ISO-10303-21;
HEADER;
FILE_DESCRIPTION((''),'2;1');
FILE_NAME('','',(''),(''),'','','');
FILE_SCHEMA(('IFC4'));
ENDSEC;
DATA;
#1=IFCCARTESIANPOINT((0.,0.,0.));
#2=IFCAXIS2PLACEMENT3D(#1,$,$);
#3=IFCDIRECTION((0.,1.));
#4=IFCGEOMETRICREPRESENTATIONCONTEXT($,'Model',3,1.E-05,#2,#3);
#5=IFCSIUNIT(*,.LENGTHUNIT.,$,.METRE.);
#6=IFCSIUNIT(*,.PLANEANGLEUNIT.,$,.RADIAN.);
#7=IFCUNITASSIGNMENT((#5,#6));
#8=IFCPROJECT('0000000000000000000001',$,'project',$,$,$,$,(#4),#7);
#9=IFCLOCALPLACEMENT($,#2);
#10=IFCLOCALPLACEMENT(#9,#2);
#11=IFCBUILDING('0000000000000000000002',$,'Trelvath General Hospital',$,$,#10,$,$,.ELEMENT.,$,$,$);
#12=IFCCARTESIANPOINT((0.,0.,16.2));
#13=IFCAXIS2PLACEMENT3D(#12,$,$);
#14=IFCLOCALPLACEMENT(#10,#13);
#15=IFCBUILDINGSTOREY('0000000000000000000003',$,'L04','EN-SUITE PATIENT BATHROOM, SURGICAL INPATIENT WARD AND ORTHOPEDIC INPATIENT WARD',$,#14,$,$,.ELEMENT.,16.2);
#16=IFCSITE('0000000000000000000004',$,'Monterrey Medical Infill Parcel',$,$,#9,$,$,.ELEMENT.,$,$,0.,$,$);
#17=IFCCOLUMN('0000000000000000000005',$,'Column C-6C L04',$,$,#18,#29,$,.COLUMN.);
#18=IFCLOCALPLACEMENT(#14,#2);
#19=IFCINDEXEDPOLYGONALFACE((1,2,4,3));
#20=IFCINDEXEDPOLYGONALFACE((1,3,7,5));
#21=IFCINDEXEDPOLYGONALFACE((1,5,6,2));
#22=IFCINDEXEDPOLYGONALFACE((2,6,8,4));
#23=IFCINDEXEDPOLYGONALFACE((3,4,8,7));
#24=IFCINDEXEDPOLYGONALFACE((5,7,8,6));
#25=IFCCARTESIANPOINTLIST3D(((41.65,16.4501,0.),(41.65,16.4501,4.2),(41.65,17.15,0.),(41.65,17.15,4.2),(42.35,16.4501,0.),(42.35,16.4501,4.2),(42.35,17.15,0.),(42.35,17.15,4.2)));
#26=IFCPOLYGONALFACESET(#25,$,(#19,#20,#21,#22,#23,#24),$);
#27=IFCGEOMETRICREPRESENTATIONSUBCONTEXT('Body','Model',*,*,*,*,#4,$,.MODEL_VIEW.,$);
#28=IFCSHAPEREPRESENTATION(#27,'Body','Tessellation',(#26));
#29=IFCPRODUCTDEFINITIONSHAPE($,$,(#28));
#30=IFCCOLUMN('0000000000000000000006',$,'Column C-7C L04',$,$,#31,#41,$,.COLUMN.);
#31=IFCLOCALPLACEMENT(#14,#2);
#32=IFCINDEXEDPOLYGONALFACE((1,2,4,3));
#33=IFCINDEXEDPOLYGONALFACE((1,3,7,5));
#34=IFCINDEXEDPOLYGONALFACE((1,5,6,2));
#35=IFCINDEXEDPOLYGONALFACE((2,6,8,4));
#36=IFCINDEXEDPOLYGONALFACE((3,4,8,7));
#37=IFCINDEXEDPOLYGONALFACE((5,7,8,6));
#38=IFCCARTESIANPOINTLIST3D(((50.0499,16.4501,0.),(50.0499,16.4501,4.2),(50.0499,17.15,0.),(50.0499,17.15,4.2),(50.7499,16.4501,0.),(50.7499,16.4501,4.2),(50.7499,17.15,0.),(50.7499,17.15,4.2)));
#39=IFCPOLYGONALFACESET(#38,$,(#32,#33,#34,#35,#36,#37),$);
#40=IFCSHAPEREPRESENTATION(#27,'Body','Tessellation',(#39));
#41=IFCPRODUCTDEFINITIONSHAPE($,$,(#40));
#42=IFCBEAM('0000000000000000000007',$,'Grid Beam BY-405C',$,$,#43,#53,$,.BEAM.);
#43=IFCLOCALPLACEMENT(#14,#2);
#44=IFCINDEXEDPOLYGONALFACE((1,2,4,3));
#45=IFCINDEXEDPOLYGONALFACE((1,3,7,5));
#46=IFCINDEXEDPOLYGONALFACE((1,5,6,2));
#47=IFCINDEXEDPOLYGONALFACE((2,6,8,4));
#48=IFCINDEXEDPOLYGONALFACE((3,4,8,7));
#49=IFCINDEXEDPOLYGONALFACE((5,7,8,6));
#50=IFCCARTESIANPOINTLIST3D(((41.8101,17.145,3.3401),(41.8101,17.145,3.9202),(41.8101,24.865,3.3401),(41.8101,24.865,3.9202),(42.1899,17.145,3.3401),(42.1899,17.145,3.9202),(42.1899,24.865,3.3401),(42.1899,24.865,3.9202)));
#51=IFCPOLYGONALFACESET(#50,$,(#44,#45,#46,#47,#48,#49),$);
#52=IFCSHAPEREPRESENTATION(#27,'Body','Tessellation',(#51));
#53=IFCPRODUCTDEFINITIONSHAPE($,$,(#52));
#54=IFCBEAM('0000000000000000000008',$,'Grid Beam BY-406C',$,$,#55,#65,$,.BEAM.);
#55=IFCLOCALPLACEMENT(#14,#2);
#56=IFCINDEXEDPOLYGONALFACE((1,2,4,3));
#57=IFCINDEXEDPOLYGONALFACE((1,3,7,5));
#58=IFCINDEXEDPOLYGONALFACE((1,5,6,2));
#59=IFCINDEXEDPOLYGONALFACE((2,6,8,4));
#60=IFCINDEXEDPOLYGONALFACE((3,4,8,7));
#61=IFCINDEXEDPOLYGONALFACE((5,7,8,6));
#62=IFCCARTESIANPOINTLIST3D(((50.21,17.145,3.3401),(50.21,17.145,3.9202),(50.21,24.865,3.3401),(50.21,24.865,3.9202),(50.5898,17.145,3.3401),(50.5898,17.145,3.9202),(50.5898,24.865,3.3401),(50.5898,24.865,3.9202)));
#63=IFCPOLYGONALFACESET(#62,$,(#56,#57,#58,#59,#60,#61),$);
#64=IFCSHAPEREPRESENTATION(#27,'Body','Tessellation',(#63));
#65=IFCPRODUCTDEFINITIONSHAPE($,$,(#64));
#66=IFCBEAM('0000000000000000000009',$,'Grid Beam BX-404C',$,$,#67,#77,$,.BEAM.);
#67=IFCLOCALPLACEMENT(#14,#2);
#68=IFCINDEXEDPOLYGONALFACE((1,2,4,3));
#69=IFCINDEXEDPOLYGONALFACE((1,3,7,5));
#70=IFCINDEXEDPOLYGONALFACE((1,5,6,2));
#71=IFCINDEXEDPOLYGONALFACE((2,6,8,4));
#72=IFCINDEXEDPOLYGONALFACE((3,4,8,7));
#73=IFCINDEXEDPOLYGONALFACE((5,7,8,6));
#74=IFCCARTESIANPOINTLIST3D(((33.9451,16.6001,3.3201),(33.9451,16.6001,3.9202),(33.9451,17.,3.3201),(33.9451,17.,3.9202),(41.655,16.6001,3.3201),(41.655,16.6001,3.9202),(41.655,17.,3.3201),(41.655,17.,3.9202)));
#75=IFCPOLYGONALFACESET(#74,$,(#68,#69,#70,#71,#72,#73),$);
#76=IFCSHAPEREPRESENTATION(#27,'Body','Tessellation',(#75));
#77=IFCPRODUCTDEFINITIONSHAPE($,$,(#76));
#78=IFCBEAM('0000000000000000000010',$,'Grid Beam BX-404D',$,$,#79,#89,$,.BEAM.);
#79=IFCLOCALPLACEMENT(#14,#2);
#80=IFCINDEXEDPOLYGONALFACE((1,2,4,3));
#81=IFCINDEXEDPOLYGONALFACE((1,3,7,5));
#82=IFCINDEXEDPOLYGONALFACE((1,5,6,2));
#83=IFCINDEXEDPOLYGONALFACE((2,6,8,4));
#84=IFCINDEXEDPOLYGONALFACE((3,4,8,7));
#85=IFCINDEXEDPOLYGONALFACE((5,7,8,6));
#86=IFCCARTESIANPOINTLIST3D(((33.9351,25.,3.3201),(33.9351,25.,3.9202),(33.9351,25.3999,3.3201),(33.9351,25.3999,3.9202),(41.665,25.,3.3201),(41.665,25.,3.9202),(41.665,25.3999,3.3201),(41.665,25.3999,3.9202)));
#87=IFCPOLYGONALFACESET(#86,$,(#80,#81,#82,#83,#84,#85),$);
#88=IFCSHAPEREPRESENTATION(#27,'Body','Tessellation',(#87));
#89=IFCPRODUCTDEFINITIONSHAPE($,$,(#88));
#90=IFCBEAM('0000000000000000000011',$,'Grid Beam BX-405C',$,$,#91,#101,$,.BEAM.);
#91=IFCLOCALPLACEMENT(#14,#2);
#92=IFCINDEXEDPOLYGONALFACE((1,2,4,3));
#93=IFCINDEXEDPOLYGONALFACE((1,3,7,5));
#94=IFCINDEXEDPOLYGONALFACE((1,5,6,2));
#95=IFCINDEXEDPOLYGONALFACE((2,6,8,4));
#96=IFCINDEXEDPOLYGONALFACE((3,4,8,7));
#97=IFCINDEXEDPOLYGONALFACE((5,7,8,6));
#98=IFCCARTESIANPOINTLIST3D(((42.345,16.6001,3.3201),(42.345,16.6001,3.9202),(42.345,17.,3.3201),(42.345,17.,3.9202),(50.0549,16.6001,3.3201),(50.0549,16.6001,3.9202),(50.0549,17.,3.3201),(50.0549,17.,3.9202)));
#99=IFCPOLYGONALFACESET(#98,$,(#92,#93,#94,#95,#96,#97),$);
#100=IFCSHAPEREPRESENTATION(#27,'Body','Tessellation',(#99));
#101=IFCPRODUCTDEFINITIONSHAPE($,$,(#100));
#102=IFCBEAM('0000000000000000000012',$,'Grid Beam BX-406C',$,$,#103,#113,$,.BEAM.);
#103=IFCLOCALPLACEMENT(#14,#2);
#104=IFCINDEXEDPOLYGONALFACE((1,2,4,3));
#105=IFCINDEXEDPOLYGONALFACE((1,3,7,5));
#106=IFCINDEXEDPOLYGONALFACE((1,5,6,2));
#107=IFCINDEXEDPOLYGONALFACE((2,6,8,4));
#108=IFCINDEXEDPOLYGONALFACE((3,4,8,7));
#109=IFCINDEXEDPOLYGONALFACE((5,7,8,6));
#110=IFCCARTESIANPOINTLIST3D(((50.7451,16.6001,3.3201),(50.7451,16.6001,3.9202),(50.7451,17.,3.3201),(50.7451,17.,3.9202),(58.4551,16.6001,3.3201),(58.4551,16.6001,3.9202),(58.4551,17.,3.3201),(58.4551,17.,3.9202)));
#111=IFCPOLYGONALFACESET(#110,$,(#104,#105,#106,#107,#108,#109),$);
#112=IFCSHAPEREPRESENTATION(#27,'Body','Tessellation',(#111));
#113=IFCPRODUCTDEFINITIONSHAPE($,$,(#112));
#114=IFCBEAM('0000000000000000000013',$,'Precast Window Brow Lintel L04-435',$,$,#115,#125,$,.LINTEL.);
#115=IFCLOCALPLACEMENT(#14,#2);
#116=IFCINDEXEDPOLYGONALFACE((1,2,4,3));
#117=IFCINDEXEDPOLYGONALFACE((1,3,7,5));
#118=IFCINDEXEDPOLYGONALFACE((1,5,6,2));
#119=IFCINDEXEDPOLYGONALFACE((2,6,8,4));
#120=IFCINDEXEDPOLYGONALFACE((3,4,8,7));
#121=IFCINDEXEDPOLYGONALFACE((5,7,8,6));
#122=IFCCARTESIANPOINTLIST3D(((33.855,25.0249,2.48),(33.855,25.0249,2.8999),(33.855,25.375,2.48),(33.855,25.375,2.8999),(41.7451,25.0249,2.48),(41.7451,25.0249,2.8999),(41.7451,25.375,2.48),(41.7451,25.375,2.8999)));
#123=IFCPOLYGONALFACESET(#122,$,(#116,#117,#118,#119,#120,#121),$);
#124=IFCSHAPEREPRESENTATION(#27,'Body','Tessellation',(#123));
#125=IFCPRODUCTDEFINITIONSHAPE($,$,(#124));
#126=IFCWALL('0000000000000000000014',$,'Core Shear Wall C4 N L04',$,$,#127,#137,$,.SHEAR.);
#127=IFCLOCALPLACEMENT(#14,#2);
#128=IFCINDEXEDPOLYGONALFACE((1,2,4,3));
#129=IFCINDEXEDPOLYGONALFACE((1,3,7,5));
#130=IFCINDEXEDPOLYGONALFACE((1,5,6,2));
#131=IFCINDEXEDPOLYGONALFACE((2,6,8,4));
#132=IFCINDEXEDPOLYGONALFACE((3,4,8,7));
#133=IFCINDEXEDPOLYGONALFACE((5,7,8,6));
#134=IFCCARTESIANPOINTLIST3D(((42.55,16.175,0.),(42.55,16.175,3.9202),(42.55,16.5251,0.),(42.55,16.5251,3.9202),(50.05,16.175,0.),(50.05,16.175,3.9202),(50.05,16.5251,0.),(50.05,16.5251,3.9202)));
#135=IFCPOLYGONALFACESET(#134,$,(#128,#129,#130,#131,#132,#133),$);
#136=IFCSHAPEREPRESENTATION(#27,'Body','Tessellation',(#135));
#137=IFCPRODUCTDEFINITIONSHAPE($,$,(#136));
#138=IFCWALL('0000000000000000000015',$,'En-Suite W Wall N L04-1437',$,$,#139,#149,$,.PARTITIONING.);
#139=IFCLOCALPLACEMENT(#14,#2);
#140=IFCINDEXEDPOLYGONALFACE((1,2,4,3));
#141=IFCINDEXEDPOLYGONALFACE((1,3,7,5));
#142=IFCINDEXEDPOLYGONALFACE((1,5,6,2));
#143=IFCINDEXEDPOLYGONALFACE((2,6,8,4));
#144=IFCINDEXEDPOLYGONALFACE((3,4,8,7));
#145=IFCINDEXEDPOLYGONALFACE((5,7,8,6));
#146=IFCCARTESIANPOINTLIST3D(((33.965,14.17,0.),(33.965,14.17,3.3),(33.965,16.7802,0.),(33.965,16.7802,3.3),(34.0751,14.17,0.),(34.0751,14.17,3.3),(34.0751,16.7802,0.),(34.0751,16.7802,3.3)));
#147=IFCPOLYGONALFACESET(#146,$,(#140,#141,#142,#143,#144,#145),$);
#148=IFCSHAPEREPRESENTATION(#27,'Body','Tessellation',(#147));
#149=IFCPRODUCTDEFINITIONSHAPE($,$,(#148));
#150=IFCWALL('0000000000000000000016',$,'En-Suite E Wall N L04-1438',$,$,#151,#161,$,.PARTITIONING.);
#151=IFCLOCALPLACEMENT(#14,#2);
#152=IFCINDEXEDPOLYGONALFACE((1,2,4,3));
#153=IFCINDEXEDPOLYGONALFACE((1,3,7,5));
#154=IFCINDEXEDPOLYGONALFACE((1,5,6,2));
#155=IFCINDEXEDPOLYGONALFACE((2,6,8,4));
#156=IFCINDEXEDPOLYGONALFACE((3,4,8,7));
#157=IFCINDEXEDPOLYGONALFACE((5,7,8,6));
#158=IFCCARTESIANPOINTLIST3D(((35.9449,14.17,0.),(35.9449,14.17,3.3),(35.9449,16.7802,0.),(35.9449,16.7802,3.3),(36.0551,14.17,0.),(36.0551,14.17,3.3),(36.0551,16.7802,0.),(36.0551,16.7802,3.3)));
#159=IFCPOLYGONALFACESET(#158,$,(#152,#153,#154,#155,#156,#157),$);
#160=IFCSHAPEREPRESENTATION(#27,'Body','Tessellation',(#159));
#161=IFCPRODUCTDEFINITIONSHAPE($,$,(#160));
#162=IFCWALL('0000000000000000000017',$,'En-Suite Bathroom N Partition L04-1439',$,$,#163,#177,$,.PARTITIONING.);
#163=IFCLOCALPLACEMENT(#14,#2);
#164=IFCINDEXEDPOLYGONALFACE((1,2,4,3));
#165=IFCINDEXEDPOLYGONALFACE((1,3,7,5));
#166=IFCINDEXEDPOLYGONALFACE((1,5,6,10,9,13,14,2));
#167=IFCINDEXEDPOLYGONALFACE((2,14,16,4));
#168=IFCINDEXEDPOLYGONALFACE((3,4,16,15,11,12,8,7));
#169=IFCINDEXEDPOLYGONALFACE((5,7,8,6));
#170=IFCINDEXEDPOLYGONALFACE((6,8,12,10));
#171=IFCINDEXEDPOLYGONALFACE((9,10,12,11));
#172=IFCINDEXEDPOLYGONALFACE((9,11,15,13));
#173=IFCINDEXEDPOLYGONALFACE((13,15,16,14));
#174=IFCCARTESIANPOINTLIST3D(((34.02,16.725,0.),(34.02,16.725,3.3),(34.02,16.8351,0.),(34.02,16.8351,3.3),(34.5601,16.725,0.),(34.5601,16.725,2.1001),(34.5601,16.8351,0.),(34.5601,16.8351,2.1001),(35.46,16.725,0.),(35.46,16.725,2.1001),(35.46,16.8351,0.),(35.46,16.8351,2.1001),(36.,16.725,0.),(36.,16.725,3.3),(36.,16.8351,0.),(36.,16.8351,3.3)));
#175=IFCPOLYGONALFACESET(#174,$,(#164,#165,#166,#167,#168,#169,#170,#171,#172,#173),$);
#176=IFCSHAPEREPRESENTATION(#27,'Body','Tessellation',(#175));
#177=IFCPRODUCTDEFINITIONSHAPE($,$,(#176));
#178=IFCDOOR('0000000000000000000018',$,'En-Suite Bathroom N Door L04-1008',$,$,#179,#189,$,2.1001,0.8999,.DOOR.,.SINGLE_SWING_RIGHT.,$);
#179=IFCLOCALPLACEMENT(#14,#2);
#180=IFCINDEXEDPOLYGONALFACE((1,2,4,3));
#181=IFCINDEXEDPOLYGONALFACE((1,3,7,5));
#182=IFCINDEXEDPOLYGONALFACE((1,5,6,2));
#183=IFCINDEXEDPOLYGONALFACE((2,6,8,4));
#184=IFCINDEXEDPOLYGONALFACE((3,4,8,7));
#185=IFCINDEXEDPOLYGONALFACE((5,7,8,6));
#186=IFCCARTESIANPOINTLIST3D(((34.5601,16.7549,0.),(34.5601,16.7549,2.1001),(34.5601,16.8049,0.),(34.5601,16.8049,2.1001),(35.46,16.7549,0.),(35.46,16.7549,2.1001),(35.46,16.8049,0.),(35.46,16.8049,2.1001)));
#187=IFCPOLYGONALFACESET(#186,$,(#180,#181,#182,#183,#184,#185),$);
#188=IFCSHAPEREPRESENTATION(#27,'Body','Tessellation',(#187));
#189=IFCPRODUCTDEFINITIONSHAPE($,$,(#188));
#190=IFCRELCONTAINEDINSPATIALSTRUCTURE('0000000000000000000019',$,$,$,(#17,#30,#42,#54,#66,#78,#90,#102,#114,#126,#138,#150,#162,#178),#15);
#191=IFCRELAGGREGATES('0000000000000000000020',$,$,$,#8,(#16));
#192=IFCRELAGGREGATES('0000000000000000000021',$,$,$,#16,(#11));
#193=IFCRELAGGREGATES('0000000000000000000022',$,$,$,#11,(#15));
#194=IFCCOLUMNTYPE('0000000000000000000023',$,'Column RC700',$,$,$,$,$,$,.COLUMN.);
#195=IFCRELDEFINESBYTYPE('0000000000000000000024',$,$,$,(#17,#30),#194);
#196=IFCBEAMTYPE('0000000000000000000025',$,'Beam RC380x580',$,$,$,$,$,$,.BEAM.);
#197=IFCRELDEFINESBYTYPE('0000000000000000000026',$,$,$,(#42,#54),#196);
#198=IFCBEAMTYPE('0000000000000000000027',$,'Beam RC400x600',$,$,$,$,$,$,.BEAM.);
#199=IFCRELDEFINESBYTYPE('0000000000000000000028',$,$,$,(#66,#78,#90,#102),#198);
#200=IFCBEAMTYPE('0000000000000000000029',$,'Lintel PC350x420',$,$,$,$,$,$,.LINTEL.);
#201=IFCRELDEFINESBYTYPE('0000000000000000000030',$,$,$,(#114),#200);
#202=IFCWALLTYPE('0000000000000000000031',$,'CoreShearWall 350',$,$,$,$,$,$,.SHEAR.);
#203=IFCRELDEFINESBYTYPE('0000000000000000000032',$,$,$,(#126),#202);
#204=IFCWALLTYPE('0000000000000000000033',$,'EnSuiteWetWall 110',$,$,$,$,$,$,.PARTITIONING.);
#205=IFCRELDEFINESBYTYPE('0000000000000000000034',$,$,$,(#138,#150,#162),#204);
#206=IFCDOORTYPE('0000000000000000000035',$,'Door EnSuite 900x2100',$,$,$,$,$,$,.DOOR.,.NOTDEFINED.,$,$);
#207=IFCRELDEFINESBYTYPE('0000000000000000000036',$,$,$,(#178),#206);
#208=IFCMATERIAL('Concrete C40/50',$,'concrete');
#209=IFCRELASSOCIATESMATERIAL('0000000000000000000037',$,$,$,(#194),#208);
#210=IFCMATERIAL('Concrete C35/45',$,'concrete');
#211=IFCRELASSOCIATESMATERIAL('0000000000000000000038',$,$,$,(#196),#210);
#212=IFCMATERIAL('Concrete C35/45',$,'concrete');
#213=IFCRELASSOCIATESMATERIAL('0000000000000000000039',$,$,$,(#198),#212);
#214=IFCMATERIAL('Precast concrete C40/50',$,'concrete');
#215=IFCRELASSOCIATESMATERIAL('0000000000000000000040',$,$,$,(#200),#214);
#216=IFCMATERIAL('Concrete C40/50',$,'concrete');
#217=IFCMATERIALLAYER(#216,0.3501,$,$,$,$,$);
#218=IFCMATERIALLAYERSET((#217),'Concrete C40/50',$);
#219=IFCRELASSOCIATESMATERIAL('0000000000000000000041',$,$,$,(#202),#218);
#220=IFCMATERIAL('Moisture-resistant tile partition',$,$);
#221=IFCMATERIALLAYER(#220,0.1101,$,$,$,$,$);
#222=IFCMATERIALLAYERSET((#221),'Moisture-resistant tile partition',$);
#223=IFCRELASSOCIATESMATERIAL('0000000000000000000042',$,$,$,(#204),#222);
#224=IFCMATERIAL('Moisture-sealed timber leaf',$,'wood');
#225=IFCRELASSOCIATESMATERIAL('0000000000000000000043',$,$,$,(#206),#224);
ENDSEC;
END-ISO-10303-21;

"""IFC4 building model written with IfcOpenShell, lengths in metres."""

from ifc_helpers import new_model, si_unit, direction, frame, frame_2d, origin, origin_2d, place, context, subcontext, project, spatial, rectangle, extrude, material, layer, layer_set, material_profile, profile_set, type_object, element, fill, save


model = new_model("IFC4")

# Units and contexts
model_context = context("Model", 3, precision=1e-05, world=origin(), true_north=direction((0.0, 1.0)))
body_context = subcontext(model_context, "Body", "Model", "MODEL_VIEW")
ifc_project = project(units=[si_unit("LENGTHUNIT", "METRE"), si_unit("PLANEANGLEUNIT", "RADIAN")], contexts=[model_context])

# Site, building, storey
site_placement = place(None, origin())
site = spatial("IfcSite", under=ifc_project, at=site_placement, Name="Monterrey Medical Infill Parcel", CompositionType="ELEMENT", RefElevation=0.0)
building_placement = place(site_placement, origin())
building = spatial("IfcBuilding", under=site, at=building_placement, Name="Trelvath General Hospital", CompositionType="ELEMENT")
storey_placement = place(building_placement, frame((0.0, 0.0, 16.2)))
storey = spatial("IfcBuildingStorey", under=building, at=storey_placement, Name="L04", Description="EN-SUITE PATIENT BATHROOM, SURGICAL INPATIENT WARD AND ORTHOPEDIC INPATIENT WARD", CompositionType="ELEMENT", Elevation=16.2)

# Columns
ifc_material_1 = material(Name="Concrete C40/50", Category="concrete")
ifc_material_profile_1 = material_profile(ifc_material_1, rectangle(XDim=0.7, YDim=0.7, at=origin_2d()), Name="RC700x700")
ifc_profile_set_1 = profile_set([ifc_material_profile_1], Name="Concrete C40/50")
column_type = type_object("IfcColumnType", Name="Column RC700", PredefinedType="COLUMN", material=ifc_profile_set_1)
for number, where, z_axis, x_axis, name in (
    (1, (42.0, 16.8, 0.0), (0.0, 0.0, 1.0), (1.0, 0.0, 0.0), "Column C-6C L04"),
    (2, (50.3999, 16.8, 0.0), (0.0, 0.0, 1.0), (1.0, 0.0, 0.0), "Column C-7C L04"),
):
    element("IfcColumn", number, at=place(storey_placement, frame(where, z_axis=z_axis, x_axis=x_axis)), inside=storey, type_object=column_type, Name=name, PredefinedType="COLUMN", context=body_context, shape_type="SweptSolid", body=[
        extrude(rectangle(XDim=0.7, YDim=0.7, at=origin_2d()), origin(), (0.0, 0.0, 1.0), 4.2),
    ])

# Beams
ifc_material_2 = material(Name="Concrete C35/45", Category="concrete")
ifc_material_profile_2 = material_profile(ifc_material_2, rectangle(XDim=0.3799, YDim=0.5801, at=origin_2d()), Name="RCB380x580")
ifc_profile_set_2 = profile_set([ifc_material_profile_2], Name="Concrete C35/45")
beam_type_1 = type_object("IfcBeamType", Name="Beam RC380x580", PredefinedType="BEAM", material=ifc_profile_set_2)
for number, where, z_axis, x_axis, name in (
    (3, (42.0, 17.145, 3.6301), (0.0, 1.0, 0.0), (-1.0, 0.0, 0.0), "Grid Beam BY-405C"),
    (4, (50.3999, 17.145, 3.6301), (0.0, 1.0, 0.0), (-1.0, 0.0, 0.0), "Grid Beam BY-406C"),
):
    element("IfcBeam", number, at=place(storey_placement, frame(where, z_axis=z_axis, x_axis=x_axis)), inside=storey, type_object=beam_type_1, Name=name, PredefinedType="BEAM", context=body_context, shape_type="SweptSolid", body=[
        extrude(rectangle(XDim=0.3799, YDim=0.5801, at=origin_2d()), origin(), (0.0, 0.0, 1.0), 7.72),
    ])
ifc_material_3 = material(Name="Concrete C35/45", Category="concrete")
ifc_material_profile_3 = material_profile(ifc_material_3, rectangle(XDim=0.3999, YDim=0.6001, at=origin_2d()), Name="RCB400x600")
ifc_profile_set_3 = profile_set([ifc_material_profile_3], Name="Concrete C35/45")
beam_type_2 = type_object("IfcBeamType", Name="Beam RC400x600", PredefinedType="BEAM", material=ifc_profile_set_3)
beam_1_placement = place(storey_placement, frame((33.9451, 16.8, 3.6201), z_axis=(1.0, 0.0, 0.0), x_axis=(0.0, 1.0, 0.0)))
element("IfcBeam", 5, at=beam_1_placement, inside=storey, type_object=beam_type_2, Name="Grid Beam BX-404C", PredefinedType="BEAM", context=body_context, shape_type="SweptSolid", body=[
    extrude(rectangle(XDim=0.3999, YDim=0.6001, at=origin_2d()), origin(), (0.0, 0.0, 1.0), 7.71),
])
beam_2_placement = place(storey_placement, frame((33.9351, 25.2, 3.6201), z_axis=(1.0, 0.0, 0.0), x_axis=(0.0, 1.0, 0.0)))
element("IfcBeam", 6, at=beam_2_placement, inside=storey, type_object=beam_type_2, Name="Grid Beam BX-404D", PredefinedType="BEAM", context=body_context, shape_type="SweptSolid", body=[
    extrude(rectangle(XDim=0.3999, YDim=0.6001, at=origin_2d()), origin(), (0.0, 0.0, 1.0), 7.73),
])
for number, where, z_axis, x_axis, name in (
    (7, (42.345, 16.8, 3.6201), (1.0, 0.0, 0.0), (0.0, 1.0, 0.0), "Grid Beam BX-405C"),
    (8, (50.7451, 16.8, 3.6201), (1.0, 0.0, 0.0), (0.0, 1.0, 0.0), "Grid Beam BX-406C"),
):
    element("IfcBeam", number, at=place(storey_placement, frame(where, z_axis=z_axis, x_axis=x_axis)), inside=storey, type_object=beam_type_2, Name=name, PredefinedType="BEAM", context=body_context, shape_type="SweptSolid", body=[
        extrude(rectangle(XDim=0.3999, YDim=0.6001, at=origin_2d()), origin(), (0.0, 0.0, 1.0), 7.71),
    ])
ifc_material_4 = material(Name="Precast concrete C40/50", Category="concrete")
ifc_material_profile_4 = material_profile(ifc_material_4, rectangle(XDim=0.3501, YDim=0.4199, at=origin_2d()), Name="PCL350x420")
ifc_profile_set_4 = profile_set([ifc_material_profile_4], Name="Precast concrete C40/50")
beam_type_3 = type_object("IfcBeamType", Name="Lintel PC350x420", PredefinedType="LINTEL", material=ifc_profile_set_4)
beam_3_placement = place(storey_placement, frame((33.855, 25.2, 2.6899), z_axis=(1.0, 0.0, 0.0), x_axis=(0.0, 1.0, 0.0)))
element("IfcBeam", 9, at=beam_3_placement, inside=storey, type_object=beam_type_3, Name="Precast Window Brow Lintel L04-435", PredefinedType="LINTEL", context=body_context, shape_type="SweptSolid", body=[
    extrude(rectangle(XDim=0.3501, YDim=0.4199, at=origin_2d()), origin(), (0.0, 0.0, 1.0), 7.8901),
])

# Walls
ifc_material_5 = material(Name="Concrete C40/50", Category="concrete")
ifc_layer_1 = layer(ifc_material_5, 0.3501)
ifc_layer_set_1 = layer_set([ifc_layer_1], Name="Concrete C40/50")
wall_type_1 = type_object("IfcWallType", Name="CoreShearWall 350", PredefinedType="SHEAR", material=ifc_layer_set_1)
wall_1_placement = place(storey_placement, frame((42.55, 16.3501, 0.0), z_axis=(0.0, 0.0, 1.0), x_axis=(1.0, 0.0, 0.0)))
element("IfcWall", 10, at=wall_1_placement, inside=storey, type_object=wall_type_1, Name="Core Shear Wall C4 N L04", PredefinedType="SHEAR", context=body_context, shape_type="SweptSolid", body=[
    extrude(rectangle(XDim=7.5, YDim=0.3501, at=frame_2d((3.75, 0.0))), origin(), (0.0, 0.0, 1.0), 3.9202),
])
ifc_material_6 = material(Name="Moisture-resistant tile partition")
ifc_layer_2 = layer(ifc_material_6, 0.1101)
ifc_layer_set_2 = layer_set([ifc_layer_2], Name="Moisture-resistant tile partition")
wall_type_2 = type_object("IfcWallType", Name="EnSuiteWetWall 110", PredefinedType="PARTITIONING", material=ifc_layer_set_2)
for number, where, z_axis, x_axis, name in (
    (11, (34.02, 14.1699, 0.0), (0.0, 0.0, 1.0), (0.0, 1.0, 0.0), "En-Suite W Wall N L04-1437"),
    (12, (36.0, 14.1699, 0.0), (0.0, 0.0, 1.0), (0.0, 1.0, 0.0), "En-Suite E Wall N L04-1438"),
):
    element("IfcWall", number, at=place(storey_placement, frame(where, z_axis=z_axis, x_axis=x_axis)), inside=storey, type_object=wall_type_2, Name=name, PredefinedType="PARTITIONING", context=body_context, shape_type="SweptSolid", body=[
        extrude(rectangle(XDim=2.6101, YDim=0.1101, at=frame_2d((1.3052, 0.0))), origin(), (0.0, 0.0, 1.0), 3.3),
    ])

# Wall, opening, door
wall_2_placement = place(storey_placement, frame((34.02, 16.78, 0.0), z_axis=(0.0, 0.0, 1.0), x_axis=(1.0, 0.0, 0.0)))
wall_2 = element("IfcWall", 13, at=wall_2_placement, inside=storey, type_object=wall_type_2, Name="En-Suite Bathroom N Partition L04-1439", PredefinedType="PARTITIONING", context=body_context, shape_type="SweptSolid", body=[
    extrude(rectangle(XDim=1.98, YDim=0.1101, at=frame_2d((0.99, 0.0))), origin(), (0.0, 0.0, 1.0), 3.3),
])
opening_1_placement = place(wall_2_placement, frame((0.54, 0.0, 0.0)))
opening_1 = element("IfcOpeningElement", 14, at=opening_1_placement, cuts=wall_2, PredefinedType="OPENING", context=body_context, shape_type="SweptSolid", body=[
    extrude(rectangle(XDim=0.8999, YDim=2.1001, at=frame_2d((0.45, 1.05))), frame((0.0, 0.0649, 0.0), z_axis=(0.0, -1.0, 0.0), x_axis=(1.0, 0.0, 0.0)), (0.0, 0.0, 1.0), 0.1301),
])
ifc_material_7 = material(Name="Moisture-sealed timber leaf", Category="wood")
door_type_1 = type_object("IfcDoorType", Name="Door EnSuite 900x2100", OperationType="NOTDEFINED", PredefinedType="DOOR", material=ifc_material_7)
door_1_placement = place(opening_1_placement, origin())
door_1 = element("IfcDoor", 15, at=door_1_placement, inside=storey, type_object=door_type_1, Name="En-Suite Bathroom N Door L04-1008", OperationType="SINGLE_SWING_RIGHT", OverallHeight=2.1001, OverallWidth=0.8999, PredefinedType="DOOR", context=body_context, shape_type="SweptSolid", body=[
    extrude(rectangle(XDim=0.8999, YDim=2.1001, at=frame_2d((0.45, 1.05))), frame((0.0, 0.0249, 0.0), z_axis=(0.0, -1.0, 0.0), x_axis=(1.0, 0.0, 0.0)), (0.0, 0.0, 1.0), 0.05),
])
fill(opening_1, door_1)

save(model, "model.ifc")
